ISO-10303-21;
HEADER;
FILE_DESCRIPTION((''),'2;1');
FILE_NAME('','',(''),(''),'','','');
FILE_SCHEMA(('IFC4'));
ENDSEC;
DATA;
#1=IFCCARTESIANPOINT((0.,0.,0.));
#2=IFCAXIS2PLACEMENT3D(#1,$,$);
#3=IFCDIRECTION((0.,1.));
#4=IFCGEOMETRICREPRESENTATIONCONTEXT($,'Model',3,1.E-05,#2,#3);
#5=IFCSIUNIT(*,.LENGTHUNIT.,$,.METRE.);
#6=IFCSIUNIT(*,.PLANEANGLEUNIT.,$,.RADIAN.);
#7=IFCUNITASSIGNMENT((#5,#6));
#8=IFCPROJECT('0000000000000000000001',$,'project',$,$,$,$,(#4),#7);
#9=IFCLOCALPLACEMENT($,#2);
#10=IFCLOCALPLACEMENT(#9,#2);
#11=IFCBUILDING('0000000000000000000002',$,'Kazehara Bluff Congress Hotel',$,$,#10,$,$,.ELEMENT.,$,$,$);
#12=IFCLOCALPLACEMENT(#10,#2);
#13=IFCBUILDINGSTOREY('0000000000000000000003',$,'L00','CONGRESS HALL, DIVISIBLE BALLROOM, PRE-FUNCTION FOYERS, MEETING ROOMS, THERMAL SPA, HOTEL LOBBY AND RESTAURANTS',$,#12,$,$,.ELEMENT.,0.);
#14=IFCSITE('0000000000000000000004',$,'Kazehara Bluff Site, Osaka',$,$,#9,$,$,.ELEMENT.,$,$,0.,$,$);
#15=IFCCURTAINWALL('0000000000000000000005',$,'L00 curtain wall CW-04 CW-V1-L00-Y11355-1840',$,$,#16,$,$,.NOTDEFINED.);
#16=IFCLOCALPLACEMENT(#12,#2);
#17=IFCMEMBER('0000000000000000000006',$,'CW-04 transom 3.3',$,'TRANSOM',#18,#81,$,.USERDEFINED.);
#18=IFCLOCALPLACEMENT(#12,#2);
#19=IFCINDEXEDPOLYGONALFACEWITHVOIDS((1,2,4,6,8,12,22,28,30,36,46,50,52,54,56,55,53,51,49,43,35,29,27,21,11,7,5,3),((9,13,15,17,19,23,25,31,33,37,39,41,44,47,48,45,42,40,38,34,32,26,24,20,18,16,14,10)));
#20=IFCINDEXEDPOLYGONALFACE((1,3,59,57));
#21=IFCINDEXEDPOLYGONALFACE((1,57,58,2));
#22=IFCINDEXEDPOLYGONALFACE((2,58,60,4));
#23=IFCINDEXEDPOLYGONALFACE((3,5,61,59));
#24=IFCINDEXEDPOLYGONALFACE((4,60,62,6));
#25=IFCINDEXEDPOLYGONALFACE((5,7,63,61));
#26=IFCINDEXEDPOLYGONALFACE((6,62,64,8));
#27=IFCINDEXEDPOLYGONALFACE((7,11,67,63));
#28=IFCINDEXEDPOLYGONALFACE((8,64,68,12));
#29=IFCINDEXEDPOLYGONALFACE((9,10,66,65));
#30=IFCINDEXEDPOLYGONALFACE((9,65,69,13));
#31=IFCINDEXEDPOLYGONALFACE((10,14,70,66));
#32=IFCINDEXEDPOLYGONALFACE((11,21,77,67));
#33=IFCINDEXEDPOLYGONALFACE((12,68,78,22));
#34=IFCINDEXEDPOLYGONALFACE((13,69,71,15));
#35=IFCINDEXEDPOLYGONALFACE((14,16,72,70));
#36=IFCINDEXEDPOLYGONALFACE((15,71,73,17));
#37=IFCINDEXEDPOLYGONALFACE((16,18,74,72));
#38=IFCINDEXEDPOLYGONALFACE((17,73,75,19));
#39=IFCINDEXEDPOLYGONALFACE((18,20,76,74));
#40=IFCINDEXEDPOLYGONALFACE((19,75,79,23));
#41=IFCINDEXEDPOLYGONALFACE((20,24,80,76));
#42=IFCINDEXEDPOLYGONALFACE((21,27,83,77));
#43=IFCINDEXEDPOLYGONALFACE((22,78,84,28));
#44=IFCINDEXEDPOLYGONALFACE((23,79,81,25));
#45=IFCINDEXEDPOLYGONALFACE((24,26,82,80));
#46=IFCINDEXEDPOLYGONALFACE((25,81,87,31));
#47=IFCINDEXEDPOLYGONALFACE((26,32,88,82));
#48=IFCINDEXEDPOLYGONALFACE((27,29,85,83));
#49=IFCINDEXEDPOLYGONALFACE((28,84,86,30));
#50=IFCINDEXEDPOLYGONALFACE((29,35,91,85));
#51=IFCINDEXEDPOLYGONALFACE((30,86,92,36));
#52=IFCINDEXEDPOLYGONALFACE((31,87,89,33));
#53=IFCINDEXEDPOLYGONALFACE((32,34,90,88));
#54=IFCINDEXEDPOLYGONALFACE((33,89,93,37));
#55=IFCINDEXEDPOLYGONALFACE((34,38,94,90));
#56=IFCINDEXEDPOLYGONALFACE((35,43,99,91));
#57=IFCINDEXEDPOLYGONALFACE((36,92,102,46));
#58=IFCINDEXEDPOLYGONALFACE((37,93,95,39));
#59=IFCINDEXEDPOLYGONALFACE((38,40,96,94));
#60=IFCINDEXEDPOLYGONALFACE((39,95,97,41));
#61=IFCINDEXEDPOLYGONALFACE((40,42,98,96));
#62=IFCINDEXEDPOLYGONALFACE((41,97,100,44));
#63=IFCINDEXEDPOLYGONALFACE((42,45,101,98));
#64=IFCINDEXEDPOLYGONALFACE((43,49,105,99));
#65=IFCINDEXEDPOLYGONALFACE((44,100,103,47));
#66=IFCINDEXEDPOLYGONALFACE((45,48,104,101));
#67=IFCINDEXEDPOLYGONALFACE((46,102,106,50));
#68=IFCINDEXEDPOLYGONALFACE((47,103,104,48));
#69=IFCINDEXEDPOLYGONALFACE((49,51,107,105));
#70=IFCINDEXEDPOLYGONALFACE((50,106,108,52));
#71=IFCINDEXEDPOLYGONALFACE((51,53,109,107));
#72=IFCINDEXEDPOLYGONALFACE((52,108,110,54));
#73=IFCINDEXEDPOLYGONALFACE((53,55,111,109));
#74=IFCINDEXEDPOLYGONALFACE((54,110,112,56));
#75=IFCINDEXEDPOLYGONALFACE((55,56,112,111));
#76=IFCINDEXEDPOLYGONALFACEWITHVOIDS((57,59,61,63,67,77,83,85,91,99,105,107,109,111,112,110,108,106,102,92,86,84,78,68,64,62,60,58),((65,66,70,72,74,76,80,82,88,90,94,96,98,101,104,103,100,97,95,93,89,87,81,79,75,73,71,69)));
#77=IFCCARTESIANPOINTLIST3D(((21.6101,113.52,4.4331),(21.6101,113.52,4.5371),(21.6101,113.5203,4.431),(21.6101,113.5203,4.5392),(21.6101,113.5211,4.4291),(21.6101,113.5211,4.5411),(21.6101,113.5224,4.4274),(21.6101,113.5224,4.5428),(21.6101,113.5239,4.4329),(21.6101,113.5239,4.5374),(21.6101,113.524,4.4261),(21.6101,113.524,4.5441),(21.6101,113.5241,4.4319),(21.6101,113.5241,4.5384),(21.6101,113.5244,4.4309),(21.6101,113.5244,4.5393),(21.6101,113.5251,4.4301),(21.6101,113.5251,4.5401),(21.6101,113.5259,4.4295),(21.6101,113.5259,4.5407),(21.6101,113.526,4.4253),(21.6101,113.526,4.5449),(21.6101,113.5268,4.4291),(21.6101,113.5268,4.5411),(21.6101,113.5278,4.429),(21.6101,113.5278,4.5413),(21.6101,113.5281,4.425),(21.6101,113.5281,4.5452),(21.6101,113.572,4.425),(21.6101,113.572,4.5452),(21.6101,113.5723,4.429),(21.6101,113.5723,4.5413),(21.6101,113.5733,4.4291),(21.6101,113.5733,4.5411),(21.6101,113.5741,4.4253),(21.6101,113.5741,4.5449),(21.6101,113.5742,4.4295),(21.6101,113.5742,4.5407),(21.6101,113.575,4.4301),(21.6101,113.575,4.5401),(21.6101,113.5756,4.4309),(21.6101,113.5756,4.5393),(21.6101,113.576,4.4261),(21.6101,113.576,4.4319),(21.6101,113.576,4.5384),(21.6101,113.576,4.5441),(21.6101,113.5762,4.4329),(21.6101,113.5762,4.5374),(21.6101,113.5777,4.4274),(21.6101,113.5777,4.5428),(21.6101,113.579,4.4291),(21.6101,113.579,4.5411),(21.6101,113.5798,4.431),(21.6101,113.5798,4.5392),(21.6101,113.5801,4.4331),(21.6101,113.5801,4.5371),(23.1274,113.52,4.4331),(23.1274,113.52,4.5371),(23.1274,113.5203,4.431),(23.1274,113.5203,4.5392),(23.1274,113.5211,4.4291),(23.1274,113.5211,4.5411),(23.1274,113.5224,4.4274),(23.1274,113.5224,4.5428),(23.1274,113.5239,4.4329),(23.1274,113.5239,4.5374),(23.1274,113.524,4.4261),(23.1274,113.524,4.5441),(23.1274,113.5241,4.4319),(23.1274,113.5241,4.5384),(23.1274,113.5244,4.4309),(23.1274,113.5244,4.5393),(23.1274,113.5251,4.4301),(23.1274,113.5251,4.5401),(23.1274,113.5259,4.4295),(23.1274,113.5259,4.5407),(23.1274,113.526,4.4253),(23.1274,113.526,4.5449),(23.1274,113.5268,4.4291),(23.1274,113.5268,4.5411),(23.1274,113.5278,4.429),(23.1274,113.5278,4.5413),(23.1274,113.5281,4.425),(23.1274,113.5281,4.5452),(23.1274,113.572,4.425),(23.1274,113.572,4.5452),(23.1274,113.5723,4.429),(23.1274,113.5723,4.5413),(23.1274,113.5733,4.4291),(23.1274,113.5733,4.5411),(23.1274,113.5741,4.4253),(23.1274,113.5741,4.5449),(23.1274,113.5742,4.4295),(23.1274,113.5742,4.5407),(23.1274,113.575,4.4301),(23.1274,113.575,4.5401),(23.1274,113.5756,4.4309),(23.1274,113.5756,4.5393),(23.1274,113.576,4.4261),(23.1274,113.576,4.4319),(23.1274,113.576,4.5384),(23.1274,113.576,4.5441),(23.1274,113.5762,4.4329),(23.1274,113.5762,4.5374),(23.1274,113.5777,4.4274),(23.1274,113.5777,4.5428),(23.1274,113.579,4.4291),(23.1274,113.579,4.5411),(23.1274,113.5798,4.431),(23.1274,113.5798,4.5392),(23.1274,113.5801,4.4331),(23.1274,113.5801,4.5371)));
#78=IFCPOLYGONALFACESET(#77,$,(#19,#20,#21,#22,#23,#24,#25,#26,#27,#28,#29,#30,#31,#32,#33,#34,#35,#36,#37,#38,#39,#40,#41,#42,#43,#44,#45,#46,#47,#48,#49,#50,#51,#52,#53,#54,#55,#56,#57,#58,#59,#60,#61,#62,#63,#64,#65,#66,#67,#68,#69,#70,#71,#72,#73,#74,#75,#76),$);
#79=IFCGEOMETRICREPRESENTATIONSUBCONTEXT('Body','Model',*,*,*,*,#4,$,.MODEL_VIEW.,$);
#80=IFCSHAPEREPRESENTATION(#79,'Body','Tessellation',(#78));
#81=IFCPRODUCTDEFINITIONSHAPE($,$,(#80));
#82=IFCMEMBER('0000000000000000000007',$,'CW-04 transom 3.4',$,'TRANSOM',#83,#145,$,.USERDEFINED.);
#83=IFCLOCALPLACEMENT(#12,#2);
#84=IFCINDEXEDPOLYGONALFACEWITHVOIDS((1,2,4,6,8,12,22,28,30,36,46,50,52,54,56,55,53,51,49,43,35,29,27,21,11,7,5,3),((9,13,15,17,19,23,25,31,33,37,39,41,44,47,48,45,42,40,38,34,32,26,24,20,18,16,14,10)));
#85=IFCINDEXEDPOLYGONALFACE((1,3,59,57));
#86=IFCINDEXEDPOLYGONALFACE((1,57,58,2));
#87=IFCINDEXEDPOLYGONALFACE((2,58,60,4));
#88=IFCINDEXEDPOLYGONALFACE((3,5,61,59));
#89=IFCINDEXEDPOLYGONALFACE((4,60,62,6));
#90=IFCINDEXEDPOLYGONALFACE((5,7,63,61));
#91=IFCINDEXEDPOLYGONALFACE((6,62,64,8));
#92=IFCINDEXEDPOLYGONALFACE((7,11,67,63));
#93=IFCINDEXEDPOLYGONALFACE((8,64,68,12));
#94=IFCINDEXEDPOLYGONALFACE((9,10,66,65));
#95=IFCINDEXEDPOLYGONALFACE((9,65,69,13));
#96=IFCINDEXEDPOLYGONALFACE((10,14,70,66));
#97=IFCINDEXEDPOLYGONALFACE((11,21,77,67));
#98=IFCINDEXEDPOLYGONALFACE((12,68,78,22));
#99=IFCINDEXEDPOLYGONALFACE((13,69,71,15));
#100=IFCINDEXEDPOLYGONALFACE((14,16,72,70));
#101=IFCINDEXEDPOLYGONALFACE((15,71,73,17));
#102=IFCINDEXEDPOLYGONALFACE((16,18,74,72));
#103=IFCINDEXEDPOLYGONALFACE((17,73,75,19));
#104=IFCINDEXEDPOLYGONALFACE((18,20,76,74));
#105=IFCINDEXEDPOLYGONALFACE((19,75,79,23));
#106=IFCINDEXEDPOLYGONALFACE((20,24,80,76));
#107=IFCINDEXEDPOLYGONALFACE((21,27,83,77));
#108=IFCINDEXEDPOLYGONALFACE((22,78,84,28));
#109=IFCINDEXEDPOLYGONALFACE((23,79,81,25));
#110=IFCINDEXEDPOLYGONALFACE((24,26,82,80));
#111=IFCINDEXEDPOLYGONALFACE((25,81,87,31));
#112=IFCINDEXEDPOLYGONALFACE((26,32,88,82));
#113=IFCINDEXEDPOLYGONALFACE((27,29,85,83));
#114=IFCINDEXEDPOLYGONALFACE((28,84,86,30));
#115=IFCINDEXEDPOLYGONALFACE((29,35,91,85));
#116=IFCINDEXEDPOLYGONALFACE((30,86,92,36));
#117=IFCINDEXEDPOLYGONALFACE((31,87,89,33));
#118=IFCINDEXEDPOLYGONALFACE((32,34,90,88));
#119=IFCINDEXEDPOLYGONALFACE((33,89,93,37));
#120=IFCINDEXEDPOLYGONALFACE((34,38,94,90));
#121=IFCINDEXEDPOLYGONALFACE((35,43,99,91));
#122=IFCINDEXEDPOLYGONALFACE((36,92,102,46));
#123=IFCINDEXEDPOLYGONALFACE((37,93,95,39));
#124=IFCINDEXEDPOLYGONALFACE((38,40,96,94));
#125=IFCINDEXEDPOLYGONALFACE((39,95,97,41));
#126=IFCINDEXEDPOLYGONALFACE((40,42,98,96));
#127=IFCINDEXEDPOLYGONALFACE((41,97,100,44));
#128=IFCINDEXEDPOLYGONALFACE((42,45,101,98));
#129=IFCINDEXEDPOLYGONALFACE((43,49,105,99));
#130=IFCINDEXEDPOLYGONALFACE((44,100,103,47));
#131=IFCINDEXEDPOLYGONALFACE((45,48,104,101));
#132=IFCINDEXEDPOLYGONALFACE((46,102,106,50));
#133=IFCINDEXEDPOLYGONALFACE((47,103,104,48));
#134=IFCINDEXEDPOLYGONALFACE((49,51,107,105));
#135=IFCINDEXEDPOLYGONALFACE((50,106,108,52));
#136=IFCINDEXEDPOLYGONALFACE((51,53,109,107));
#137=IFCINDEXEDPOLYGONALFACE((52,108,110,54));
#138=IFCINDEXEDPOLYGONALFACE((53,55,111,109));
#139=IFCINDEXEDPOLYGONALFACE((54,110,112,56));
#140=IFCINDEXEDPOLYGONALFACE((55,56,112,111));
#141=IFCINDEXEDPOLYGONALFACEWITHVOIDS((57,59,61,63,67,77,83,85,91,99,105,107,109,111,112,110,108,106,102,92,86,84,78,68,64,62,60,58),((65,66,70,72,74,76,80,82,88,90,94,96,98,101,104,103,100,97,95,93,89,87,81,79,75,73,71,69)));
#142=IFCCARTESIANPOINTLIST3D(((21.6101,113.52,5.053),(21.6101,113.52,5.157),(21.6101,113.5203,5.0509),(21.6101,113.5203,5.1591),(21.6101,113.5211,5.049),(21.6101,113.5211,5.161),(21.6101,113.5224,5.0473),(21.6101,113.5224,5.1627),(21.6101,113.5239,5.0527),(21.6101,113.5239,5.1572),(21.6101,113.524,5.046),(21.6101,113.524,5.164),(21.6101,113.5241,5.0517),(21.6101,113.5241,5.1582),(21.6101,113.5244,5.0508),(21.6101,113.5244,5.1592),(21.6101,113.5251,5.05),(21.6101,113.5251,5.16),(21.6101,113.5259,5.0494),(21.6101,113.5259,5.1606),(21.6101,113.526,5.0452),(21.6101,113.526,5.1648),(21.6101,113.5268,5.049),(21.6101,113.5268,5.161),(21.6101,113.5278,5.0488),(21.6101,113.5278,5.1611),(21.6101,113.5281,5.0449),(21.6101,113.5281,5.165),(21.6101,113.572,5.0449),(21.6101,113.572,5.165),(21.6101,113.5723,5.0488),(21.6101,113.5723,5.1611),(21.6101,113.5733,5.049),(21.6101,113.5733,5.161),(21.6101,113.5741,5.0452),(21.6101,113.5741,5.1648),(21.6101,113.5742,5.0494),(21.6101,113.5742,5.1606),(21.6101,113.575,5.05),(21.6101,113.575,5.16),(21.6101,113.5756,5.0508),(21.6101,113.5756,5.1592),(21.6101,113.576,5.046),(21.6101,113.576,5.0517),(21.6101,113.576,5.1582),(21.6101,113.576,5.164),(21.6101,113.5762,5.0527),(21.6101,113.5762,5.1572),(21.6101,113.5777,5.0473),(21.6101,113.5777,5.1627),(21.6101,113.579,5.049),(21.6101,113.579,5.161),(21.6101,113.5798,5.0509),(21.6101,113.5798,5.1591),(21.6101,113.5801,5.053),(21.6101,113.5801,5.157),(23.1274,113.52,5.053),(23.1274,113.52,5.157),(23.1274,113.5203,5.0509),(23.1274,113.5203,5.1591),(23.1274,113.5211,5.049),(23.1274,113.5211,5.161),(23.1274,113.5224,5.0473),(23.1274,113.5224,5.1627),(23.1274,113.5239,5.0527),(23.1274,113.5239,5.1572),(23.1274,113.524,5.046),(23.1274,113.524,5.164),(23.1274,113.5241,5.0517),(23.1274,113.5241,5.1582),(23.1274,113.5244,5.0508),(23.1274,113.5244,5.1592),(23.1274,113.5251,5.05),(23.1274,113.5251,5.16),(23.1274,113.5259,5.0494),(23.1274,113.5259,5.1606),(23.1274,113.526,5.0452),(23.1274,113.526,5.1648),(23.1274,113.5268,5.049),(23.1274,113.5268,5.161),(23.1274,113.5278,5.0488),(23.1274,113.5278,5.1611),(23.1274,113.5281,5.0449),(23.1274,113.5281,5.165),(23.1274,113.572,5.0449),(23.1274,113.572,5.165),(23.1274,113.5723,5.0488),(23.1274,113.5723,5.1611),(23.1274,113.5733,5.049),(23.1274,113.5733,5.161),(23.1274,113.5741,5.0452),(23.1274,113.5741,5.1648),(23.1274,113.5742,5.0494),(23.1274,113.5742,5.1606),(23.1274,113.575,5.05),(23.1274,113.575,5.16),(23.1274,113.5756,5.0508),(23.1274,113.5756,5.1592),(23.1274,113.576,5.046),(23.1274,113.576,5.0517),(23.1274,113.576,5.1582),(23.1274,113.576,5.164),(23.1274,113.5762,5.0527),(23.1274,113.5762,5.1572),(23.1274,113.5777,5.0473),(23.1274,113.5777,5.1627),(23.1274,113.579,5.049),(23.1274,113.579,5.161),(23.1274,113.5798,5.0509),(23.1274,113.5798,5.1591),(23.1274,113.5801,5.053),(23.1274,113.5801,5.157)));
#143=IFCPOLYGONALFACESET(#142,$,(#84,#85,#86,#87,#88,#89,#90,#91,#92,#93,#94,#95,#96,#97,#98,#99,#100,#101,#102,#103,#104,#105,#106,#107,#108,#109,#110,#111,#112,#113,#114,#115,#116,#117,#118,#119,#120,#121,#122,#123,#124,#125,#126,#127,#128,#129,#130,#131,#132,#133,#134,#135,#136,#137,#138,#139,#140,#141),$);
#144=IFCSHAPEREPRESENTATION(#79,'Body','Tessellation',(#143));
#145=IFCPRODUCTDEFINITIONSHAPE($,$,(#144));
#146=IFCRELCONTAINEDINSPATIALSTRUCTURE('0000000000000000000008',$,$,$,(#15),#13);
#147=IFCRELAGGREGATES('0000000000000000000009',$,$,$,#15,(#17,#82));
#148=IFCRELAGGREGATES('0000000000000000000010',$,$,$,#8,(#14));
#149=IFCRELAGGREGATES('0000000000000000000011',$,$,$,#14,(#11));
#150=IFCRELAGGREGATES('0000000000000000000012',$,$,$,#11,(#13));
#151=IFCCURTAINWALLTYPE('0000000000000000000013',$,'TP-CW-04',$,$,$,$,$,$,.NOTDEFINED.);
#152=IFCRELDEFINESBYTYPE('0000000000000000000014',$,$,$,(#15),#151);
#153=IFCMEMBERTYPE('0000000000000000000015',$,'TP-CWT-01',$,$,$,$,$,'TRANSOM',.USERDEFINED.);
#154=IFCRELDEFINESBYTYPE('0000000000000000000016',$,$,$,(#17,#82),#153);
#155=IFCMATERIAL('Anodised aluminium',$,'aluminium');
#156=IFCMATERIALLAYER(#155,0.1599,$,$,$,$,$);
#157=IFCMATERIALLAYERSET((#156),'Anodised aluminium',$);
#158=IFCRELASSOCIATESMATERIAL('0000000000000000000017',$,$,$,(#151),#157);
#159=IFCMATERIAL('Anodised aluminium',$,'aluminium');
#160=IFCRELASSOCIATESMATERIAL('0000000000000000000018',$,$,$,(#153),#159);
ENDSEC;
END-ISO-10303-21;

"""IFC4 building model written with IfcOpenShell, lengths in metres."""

from ifc_helpers import new_model, si_unit, direction, frame, origin, origin_2d, place, context, subcontext, project, spatial, hollow_rectangle, extrude, material, layer, layer_set, material_profile, profile_set, type_object, element, aggregate, save


model = new_model("IFC4")

# Units and contexts
model_context = context("Model", 3, precision=1e-05, world=origin(), true_north=direction((0.0, 1.0)))
body_context = subcontext(model_context, "Body", "Model", "MODEL_VIEW")
ifc_project = project(units=[si_unit("LENGTHUNIT", "METRE"), si_unit("PLANEANGLEUNIT", "RADIAN")], contexts=[model_context])

# Site, building, storey
site_placement = place(None, origin())
site = spatial("IfcSite", under=ifc_project, at=site_placement, Name="Kazehara Bluff Site, Osaka", CompositionType="ELEMENT", RefElevation=0.0)
building_placement = place(site_placement, origin())
building = spatial("IfcBuilding", under=site, at=building_placement, Name="Kazehara Bluff Congress Hotel", CompositionType="ELEMENT")
storey_placement = place(building_placement, origin())
storey = spatial("IfcBuildingStorey", under=building, at=storey_placement, Name="L00", Description="CONGRESS HALL, DIVISIBLE BALLROOM, PRE-FUNCTION FOYERS, MEETING ROOMS, THERMAL SPA, HOTEL LOBBY AND RESTAURANTS", CompositionType="ELEMENT", Elevation=0.0)

# Curtain wall, members
ifc_material_1 = material(Name="Anodised aluminium", Category="aluminium")
ifc_layer_1 = layer(ifc_material_1, 0.1599)
ifc_layer_set_1 = layer_set([ifc_layer_1], Name="Anodised aluminium")
curtain_wall_type = type_object("IfcCurtainWallType", Name="TP-CW-04", PredefinedType="NOTDEFINED", material=ifc_layer_set_1)
curtain_wall_placement = place(storey_placement, origin())
curtain_wall = element("IfcCurtainWall", 1, at=curtain_wall_placement, inside=storey, type_object=curtain_wall_type, Name="L00 curtain wall CW-04 CW-V1-L00-Y11355-1840", PredefinedType="NOTDEFINED")
ifc_material_2 = material(Name="Anodised aluminium", Category="aluminium")
ifc_material_profile_1 = material_profile(ifc_material_2, hollow_rectangle(XDim=0.0601, YDim=0.1201, WallThickness=0.0039, InnerFilletRadius=0.0039, OuterFilletRadius=0.0081, at=origin_2d()))
ifc_profile_set_1 = profile_set([ifc_material_profile_1], Name="Anodised aluminium")
member_type_1 = type_object("IfcMemberType", Name="TP-CWT-01", ElementType="TRANSOM", PredefinedType="USERDEFINED", material=ifc_profile_set_1)
member_1_placement = place(storey_placement, frame((21.6101, 113.55, 4.4851), z_axis=(1.0, 0.0, 0.0), x_axis=(0.0, 1.0, 0.0)))
member_1 = element("IfcMember", 2, at=member_1_placement, type_object=member_type_1, Name="CW-04 transom 3.3", ObjectType="TRANSOM", PredefinedType="USERDEFINED", context=body_context, shape_type="SweptSolid", body=[
    extrude(hollow_rectangle(XDim=0.0601, YDim=0.1201, WallThickness=0.0039, InnerFilletRadius=0.0039, OuterFilletRadius=0.0081, at=origin_2d()), origin(), (0.0, 0.0, 1.0), 1.5173),
])
member_2_placement = place(storey_placement, frame((21.6101, 113.55, 5.105), z_axis=(1.0, 0.0, 0.0), x_axis=(0.0, 1.0, 0.0)))
member_2 = element("IfcMember", 3, at=member_2_placement, type_object=member_type_1, Name="CW-04 transom 3.4", ObjectType="TRANSOM", PredefinedType="USERDEFINED", context=body_context, shape_type="SweptSolid", body=[
    extrude(hollow_rectangle(XDim=0.0601, YDim=0.1201, WallThickness=0.0039, InnerFilletRadius=0.0039, OuterFilletRadius=0.0081, at=origin_2d()), origin(), (0.0, 0.0, 1.0), 1.5173),
])
aggregate(curtain_wall, [member_1, member_2])

save(model, "model.ifc")
